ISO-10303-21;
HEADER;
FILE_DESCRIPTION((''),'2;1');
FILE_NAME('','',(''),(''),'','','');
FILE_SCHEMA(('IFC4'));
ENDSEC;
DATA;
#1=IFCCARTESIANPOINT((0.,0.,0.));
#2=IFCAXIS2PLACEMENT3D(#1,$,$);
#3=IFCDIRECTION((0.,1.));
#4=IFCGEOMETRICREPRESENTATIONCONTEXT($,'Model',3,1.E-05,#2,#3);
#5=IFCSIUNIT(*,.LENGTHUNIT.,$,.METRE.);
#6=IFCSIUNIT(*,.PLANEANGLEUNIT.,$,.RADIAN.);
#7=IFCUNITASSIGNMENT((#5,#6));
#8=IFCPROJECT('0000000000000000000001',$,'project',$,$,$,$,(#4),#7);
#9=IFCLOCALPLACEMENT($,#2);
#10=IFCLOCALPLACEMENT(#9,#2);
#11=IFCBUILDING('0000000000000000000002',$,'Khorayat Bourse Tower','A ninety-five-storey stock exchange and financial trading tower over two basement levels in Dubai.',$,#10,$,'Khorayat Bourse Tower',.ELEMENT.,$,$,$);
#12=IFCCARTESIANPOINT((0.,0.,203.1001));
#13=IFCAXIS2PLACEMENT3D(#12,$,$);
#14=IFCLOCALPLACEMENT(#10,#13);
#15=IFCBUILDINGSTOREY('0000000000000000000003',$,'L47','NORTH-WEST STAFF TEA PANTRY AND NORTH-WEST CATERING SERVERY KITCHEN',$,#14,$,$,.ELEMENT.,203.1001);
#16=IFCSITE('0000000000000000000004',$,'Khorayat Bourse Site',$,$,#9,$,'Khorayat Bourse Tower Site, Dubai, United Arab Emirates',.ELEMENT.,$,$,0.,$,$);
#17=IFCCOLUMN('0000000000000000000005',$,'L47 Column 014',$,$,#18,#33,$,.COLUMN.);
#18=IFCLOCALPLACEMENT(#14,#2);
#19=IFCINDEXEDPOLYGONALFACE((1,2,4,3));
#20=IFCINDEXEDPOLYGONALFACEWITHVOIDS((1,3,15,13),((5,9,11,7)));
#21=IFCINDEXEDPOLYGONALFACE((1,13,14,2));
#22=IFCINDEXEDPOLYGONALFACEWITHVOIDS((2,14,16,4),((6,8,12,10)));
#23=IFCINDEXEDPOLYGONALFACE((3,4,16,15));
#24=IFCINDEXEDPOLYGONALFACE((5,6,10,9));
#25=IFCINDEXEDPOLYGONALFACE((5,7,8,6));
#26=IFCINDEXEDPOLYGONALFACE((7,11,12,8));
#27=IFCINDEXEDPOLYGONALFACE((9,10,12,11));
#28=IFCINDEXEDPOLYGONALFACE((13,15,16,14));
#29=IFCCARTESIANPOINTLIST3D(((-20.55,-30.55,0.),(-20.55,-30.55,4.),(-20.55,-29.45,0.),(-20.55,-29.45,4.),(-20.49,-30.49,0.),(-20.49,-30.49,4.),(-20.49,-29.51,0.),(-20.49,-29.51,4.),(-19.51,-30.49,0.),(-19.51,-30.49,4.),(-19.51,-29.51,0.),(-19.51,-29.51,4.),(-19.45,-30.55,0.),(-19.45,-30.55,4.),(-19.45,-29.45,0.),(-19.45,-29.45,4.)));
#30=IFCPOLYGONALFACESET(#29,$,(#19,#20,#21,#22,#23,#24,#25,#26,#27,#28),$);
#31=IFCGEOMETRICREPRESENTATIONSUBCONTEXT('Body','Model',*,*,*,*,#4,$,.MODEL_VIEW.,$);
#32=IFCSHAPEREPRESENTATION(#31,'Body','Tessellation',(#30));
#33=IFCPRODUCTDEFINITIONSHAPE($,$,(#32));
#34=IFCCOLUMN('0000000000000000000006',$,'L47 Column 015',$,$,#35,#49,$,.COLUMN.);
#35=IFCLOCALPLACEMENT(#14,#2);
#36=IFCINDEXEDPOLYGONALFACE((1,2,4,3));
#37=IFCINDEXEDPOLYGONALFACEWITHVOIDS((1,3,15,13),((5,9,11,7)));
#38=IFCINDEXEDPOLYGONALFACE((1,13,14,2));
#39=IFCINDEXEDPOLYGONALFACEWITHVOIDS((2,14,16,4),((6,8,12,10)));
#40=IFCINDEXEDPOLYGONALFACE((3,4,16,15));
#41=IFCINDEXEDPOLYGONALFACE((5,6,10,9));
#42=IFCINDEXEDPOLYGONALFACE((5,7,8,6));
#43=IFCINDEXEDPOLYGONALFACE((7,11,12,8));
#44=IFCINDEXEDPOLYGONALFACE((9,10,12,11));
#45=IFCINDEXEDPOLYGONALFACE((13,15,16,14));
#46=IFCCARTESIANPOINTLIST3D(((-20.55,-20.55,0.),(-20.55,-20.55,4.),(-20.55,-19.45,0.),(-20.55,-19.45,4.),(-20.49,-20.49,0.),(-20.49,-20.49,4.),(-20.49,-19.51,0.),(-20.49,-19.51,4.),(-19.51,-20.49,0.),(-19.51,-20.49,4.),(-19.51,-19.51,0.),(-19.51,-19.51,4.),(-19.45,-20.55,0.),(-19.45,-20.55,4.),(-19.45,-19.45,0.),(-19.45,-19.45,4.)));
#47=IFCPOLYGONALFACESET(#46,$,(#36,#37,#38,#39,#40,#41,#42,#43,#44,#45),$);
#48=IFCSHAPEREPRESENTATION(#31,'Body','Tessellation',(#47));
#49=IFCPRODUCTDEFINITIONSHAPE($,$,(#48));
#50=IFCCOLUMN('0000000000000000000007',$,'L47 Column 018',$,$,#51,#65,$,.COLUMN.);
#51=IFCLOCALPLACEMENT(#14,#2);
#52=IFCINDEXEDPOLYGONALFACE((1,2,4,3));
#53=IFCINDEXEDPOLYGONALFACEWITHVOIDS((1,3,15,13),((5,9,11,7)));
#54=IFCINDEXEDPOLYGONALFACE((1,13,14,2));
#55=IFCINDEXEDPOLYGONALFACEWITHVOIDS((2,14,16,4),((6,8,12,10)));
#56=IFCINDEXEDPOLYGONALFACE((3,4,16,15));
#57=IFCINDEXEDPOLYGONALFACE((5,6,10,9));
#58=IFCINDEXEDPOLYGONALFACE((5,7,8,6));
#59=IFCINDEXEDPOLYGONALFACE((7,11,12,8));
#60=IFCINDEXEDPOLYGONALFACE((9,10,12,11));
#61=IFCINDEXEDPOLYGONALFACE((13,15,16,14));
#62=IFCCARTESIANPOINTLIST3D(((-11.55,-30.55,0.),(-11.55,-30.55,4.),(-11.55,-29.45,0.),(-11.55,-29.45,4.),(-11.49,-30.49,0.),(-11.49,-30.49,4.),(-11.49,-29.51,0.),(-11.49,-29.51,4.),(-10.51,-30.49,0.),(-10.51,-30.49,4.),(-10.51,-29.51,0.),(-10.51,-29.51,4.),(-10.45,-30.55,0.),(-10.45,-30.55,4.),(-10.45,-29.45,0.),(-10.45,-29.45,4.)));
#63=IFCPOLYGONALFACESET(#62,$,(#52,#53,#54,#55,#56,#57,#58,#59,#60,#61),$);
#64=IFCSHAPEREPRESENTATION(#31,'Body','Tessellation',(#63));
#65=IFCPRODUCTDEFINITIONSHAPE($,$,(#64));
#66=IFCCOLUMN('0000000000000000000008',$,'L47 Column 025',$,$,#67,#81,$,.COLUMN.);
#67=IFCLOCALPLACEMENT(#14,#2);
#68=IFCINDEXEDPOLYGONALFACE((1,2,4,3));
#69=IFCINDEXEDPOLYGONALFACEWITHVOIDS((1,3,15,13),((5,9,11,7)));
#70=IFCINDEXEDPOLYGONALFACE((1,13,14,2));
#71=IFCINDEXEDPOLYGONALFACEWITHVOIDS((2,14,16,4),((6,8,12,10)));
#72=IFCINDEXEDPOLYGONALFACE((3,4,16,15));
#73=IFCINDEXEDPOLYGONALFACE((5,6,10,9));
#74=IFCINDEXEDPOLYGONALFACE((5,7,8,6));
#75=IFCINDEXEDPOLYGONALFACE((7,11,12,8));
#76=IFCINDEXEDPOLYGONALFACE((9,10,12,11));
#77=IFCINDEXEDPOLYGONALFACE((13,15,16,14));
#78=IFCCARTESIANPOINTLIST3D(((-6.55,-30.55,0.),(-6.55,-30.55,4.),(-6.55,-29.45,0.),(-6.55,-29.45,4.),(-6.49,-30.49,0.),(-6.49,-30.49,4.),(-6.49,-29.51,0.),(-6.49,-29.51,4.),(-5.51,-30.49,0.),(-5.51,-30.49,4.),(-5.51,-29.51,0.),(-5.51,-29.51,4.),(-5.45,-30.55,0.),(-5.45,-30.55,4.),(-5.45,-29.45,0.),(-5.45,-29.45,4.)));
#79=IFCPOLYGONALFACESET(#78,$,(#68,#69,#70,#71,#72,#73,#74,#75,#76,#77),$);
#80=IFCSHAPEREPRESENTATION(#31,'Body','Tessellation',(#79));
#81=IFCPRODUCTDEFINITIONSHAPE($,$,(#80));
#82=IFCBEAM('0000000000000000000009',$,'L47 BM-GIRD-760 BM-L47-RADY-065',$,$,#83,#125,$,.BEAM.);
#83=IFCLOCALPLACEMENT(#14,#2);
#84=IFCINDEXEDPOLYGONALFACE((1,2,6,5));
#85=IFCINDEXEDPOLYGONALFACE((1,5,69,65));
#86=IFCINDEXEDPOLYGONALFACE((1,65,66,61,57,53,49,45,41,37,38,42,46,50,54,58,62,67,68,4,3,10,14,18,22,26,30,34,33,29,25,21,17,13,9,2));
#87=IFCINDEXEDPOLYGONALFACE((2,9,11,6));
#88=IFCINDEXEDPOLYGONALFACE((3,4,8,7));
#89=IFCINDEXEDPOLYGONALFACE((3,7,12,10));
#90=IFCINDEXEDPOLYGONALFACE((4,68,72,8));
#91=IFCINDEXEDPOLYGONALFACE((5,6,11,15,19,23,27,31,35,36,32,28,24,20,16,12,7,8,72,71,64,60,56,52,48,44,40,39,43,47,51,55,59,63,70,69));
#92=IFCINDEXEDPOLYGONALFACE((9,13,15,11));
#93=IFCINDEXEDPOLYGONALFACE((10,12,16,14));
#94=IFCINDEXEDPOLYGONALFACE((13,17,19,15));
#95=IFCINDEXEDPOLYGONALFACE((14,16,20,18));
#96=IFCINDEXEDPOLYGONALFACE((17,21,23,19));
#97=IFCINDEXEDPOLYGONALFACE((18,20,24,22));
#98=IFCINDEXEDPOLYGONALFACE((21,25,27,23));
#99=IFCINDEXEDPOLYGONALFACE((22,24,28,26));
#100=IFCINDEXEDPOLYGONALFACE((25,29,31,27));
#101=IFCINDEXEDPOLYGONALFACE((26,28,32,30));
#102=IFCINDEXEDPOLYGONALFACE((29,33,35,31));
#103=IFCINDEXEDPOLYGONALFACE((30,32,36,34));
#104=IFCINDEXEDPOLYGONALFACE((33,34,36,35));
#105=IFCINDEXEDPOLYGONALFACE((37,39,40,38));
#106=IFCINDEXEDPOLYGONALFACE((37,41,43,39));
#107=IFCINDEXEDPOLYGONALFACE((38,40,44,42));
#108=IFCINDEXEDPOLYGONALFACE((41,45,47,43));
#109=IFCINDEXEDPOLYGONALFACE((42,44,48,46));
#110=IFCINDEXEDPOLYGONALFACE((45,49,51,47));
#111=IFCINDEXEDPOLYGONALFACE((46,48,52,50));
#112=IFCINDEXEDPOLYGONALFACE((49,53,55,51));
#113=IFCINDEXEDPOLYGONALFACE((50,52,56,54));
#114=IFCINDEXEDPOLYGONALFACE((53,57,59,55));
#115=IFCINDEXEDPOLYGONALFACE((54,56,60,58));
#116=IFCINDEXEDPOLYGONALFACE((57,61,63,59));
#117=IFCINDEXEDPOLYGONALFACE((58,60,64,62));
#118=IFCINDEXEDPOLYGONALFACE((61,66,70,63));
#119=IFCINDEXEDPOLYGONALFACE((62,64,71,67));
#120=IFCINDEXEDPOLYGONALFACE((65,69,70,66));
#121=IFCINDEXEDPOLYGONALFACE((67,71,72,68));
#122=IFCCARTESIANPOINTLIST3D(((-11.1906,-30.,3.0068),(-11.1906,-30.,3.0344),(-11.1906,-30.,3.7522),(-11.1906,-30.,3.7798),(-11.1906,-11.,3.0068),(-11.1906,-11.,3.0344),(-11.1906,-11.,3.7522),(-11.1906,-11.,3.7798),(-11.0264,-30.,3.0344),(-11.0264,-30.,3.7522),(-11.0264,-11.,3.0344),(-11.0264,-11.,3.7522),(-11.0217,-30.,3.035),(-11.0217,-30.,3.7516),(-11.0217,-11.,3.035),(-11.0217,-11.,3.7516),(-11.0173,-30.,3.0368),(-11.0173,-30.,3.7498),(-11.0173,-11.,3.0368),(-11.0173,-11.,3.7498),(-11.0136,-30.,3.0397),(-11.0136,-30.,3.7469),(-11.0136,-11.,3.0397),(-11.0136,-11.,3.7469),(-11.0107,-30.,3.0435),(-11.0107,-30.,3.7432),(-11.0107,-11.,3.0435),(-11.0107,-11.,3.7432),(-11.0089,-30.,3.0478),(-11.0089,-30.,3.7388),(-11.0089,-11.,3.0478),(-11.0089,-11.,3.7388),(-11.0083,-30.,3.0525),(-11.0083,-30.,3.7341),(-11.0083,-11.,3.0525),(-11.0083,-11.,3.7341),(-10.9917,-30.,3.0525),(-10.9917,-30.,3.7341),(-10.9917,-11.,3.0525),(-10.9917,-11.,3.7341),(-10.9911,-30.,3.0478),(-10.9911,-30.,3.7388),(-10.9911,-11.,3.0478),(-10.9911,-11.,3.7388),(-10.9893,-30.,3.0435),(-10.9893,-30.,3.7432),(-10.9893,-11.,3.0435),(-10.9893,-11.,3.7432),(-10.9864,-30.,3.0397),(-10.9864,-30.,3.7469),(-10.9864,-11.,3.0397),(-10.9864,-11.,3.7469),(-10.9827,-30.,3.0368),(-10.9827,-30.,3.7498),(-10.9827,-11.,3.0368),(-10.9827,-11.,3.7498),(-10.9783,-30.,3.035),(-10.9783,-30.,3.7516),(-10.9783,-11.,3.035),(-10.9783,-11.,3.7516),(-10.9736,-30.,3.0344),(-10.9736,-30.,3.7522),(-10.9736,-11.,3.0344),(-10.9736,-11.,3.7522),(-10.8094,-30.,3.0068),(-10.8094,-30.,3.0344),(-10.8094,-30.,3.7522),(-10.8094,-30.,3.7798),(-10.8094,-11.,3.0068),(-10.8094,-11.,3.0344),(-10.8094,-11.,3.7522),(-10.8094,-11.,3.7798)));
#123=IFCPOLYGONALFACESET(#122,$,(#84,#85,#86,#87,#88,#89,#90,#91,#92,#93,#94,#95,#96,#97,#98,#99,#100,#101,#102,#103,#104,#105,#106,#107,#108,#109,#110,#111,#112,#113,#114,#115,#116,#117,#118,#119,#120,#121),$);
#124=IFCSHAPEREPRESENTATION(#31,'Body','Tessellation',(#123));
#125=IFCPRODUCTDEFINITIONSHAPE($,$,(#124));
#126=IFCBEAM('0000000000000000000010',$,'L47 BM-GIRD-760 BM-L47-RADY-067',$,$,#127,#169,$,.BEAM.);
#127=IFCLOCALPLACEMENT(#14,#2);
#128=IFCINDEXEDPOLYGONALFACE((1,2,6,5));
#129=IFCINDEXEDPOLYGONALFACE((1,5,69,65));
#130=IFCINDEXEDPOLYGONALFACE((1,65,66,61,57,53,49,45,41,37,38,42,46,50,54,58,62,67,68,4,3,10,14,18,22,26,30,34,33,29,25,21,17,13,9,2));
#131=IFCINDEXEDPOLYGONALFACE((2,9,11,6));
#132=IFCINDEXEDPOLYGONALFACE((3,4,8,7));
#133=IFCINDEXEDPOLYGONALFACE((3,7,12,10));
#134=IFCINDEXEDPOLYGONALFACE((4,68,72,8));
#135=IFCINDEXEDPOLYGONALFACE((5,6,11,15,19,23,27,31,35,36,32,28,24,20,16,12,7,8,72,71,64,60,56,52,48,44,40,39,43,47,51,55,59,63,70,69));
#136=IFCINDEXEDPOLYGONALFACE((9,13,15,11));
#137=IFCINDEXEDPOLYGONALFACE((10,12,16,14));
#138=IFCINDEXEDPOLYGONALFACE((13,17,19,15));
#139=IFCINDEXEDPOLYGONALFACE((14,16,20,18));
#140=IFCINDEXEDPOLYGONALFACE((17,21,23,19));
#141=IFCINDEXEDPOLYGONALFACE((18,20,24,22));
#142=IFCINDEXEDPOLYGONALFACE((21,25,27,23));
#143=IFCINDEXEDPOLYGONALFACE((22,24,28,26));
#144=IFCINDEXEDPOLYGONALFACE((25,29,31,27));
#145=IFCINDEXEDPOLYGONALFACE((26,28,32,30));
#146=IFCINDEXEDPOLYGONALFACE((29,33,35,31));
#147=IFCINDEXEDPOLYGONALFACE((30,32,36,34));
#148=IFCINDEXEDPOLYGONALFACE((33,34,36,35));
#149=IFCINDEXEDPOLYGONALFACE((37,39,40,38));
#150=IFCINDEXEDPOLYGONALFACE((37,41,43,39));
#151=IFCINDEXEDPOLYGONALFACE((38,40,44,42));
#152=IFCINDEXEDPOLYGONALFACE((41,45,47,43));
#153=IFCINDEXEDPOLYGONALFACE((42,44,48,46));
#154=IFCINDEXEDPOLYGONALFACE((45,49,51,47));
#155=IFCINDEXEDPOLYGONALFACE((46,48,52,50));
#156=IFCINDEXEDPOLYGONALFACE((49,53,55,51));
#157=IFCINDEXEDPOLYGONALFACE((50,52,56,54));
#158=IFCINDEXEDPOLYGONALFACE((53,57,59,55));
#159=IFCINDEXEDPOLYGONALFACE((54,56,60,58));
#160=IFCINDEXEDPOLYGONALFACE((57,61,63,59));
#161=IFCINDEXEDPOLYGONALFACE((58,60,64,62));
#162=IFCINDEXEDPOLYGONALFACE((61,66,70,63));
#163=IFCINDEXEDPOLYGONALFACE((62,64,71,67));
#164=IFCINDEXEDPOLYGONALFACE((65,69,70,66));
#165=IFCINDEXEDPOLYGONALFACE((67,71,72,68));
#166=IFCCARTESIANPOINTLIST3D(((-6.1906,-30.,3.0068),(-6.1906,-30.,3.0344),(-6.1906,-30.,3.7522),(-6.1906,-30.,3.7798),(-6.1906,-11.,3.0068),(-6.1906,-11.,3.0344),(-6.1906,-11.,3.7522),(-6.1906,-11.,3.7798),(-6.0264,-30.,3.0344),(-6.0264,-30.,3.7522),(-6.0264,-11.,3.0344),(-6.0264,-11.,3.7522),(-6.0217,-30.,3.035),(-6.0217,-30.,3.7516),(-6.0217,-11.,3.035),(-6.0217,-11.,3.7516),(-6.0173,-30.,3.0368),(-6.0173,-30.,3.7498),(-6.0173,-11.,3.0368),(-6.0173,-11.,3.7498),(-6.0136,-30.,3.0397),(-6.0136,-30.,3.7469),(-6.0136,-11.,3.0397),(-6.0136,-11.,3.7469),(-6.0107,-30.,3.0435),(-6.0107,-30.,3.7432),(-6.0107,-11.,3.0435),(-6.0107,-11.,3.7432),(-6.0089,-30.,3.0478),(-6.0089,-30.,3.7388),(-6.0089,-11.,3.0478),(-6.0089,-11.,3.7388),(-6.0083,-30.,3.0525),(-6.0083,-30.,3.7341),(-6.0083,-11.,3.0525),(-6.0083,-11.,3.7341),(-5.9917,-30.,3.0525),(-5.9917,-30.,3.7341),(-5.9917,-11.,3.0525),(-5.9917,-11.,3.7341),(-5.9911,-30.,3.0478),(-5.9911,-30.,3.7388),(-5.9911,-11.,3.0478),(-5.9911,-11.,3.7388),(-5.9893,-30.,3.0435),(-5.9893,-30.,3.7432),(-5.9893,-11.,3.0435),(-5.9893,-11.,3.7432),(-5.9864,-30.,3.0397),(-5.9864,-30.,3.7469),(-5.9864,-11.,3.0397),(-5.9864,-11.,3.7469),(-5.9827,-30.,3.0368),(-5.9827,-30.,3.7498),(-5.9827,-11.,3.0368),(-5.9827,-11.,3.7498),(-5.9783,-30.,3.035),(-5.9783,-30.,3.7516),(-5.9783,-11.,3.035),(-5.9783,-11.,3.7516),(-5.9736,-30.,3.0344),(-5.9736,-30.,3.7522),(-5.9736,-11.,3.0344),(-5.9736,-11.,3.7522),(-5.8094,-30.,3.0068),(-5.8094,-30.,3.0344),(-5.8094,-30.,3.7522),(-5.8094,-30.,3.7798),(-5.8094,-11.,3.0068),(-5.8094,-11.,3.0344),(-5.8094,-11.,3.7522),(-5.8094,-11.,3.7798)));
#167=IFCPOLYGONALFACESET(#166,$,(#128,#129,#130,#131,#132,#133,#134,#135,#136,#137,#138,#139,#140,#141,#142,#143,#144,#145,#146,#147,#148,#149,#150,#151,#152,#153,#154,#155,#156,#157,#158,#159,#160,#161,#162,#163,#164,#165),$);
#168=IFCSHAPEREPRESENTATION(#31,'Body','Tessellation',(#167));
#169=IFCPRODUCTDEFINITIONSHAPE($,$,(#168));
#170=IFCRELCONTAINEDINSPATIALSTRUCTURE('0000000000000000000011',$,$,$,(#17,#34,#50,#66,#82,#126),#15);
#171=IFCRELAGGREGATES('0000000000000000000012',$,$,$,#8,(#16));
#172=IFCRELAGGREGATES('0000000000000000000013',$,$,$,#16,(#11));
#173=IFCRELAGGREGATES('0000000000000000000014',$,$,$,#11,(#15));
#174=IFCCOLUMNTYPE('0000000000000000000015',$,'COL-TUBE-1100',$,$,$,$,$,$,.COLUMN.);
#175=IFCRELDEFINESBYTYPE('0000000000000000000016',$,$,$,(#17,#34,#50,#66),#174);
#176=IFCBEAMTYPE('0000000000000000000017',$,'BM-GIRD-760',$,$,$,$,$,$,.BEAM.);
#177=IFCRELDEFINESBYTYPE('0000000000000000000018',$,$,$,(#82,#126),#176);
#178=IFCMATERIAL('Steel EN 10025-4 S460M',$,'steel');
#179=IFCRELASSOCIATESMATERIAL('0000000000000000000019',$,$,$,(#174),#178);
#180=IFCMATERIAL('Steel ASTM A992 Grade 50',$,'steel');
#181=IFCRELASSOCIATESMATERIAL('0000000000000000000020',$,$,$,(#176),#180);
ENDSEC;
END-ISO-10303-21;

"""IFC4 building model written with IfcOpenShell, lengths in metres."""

from ifc_helpers import new_model, si_unit, direction, frame, origin, origin_2d, place, context, subcontext, project, spatial, hollow_rectangle, i_section, extrude, source, transform, mapped, material, material_profile, profile_set, type_object, element, save


model = new_model("IFC4")

# Units and contexts
model_context = context("Model", 3, precision=1e-05, world=origin(), true_north=direction((0.0, 1.0)))
body_context = subcontext(model_context, "Body", "Model", "MODEL_VIEW")
ifc_project = project(units=[si_unit("LENGTHUNIT", "METRE"), si_unit("PLANEANGLEUNIT", "RADIAN")], contexts=[model_context])

# Site, building, storey
site_placement = place(None, origin())
site = spatial("IfcSite", under=ifc_project, at=site_placement, Name="Khorayat Bourse Site", LongName="Khorayat Bourse Tower Site, Dubai, United Arab Emirates", CompositionType="ELEMENT", RefElevation=0.0)
building_placement = place(site_placement, origin())
building = spatial("IfcBuilding", under=site, at=building_placement, Name="Khorayat Bourse Tower", Description="A ninety-five-storey stock exchange and financial trading tower over two basement levels in Dubai.", LongName="Khorayat Bourse Tower", CompositionType="ELEMENT")
storey_placement = place(building_placement, frame((0.0, 0.0, 203.1001)))
storey = spatial("IfcBuildingStorey", under=building, at=storey_placement, Name="L47", Description="NORTH-WEST STAFF TEA PANTRY AND NORTH-WEST CATERING SERVERY KITCHEN", CompositionType="ELEMENT", Elevation=203.1001)

# Columns
ifc_material_1 = material(Name="Steel EN 10025-4 S460M", Category="steel")
ifc_material_profile_1 = material_profile(ifc_material_1, hollow_rectangle(XDim=1.1001, YDim=1.1001, WallThickness=0.0601, at=origin_2d()), Name="BOX 1100x1100x60")
ifc_profile_set_1 = profile_set([ifc_material_profile_1], Name="Steel EN 10025-4 S460M")
column_type = type_object("IfcColumnType", Name="COL-TUBE-1100", PredefinedType="COLUMN", material=ifc_profile_set_1)
shared_shape_1 = source(origin(), body_context, "Body", "SweptSolid", [
    extrude(hollow_rectangle(XDim=1.1001, YDim=1.1001, WallThickness=0.0601, at=origin_2d()), origin(), (0.0, 0.0, 1.0), 4.0),
])
for number, where, z_axis, x_axis, name in (
    (1, (-20.0, -30.0, 0.0), (0.0, 0.0, 1.0), (1.0, 0.0, 0.0), "L47 Column 014"),
    (2, (-20.0, -20.0, 0.0), (0.0, 0.0, 1.0), (1.0, 0.0, 0.0), "L47 Column 015"),
    (3, (-11.0, -30.0, 0.0), (0.0, 0.0, 1.0), (1.0, 0.0, 0.0), "L47 Column 018"),
    (4, (-6.0, -30.0, 0.0), (0.0, 0.0, 1.0), (1.0, 0.0, 0.0), "L47 Column 025"),
):
    element("IfcColumn", number, at=place(storey_placement, frame(where, z_axis=z_axis, x_axis=x_axis)), inside=storey, type_object=column_type, Name=name, PredefinedType="COLUMN", context=body_context, shape_type="MappedRepresentation", body=[
        mapped(shared_shape_1, transform((0.0, 0.0, 0.0), scale=1.0)),
    ])

# Beams
ifc_material_2 = material(Name="Steel ASTM A992 Grade 50", Category="steel")
ifc_material_profile_2 = material_profile(ifc_material_2, i_section(OverallWidth=0.3811, OverallDepth=0.7729, WebThickness=0.0166, FlangeThickness=0.0276, FilletRadius=0.0181, at=origin_2d()), Name="W760X257")
ifc_profile_set_2 = profile_set([ifc_material_profile_2], Name="Steel ASTM A992 Grade 50")
beam_type_1 = type_object("IfcBeamType", Name="BM-GIRD-760", PredefinedType="BEAM", material=ifc_profile_set_2)
shared_shape_2 = source(origin(), body_context, "Body", "SweptSolid", [
    extrude(i_section(OverallWidth=0.3811, OverallDepth=0.7729, WebThickness=0.0166, FlangeThickness=0.0276, FilletRadius=0.0181, at=origin_2d()), origin(), (0.0, 0.0, 1.0), 19.0),
])
for number, where, z_axis, x_axis, name in (
    (5, (-11.0, -30.0, 3.3933), (0.0, 1.0, 0.0), (-1.0, 0.0, 0.0), "L47 BM-GIRD-760 BM-L47-RADY-065"),
    (6, (-6.0, -30.0, 3.3933), (0.0, 1.0, 0.0), (-1.0, 0.0, 0.0), "L47 BM-GIRD-760 BM-L47-RADY-067"),
):
    element("IfcBeam", number, at=place(storey_placement, frame(where, z_axis=z_axis, x_axis=x_axis)), inside=storey, type_object=beam_type_1, Name=name, PredefinedType="BEAM", context=body_context, shape_type="MappedRepresentation", body=[
        mapped(shared_shape_2, transform((0.0, 0.0, 0.0), scale=1.0)),
    ])

save(model, "model.ifc")
